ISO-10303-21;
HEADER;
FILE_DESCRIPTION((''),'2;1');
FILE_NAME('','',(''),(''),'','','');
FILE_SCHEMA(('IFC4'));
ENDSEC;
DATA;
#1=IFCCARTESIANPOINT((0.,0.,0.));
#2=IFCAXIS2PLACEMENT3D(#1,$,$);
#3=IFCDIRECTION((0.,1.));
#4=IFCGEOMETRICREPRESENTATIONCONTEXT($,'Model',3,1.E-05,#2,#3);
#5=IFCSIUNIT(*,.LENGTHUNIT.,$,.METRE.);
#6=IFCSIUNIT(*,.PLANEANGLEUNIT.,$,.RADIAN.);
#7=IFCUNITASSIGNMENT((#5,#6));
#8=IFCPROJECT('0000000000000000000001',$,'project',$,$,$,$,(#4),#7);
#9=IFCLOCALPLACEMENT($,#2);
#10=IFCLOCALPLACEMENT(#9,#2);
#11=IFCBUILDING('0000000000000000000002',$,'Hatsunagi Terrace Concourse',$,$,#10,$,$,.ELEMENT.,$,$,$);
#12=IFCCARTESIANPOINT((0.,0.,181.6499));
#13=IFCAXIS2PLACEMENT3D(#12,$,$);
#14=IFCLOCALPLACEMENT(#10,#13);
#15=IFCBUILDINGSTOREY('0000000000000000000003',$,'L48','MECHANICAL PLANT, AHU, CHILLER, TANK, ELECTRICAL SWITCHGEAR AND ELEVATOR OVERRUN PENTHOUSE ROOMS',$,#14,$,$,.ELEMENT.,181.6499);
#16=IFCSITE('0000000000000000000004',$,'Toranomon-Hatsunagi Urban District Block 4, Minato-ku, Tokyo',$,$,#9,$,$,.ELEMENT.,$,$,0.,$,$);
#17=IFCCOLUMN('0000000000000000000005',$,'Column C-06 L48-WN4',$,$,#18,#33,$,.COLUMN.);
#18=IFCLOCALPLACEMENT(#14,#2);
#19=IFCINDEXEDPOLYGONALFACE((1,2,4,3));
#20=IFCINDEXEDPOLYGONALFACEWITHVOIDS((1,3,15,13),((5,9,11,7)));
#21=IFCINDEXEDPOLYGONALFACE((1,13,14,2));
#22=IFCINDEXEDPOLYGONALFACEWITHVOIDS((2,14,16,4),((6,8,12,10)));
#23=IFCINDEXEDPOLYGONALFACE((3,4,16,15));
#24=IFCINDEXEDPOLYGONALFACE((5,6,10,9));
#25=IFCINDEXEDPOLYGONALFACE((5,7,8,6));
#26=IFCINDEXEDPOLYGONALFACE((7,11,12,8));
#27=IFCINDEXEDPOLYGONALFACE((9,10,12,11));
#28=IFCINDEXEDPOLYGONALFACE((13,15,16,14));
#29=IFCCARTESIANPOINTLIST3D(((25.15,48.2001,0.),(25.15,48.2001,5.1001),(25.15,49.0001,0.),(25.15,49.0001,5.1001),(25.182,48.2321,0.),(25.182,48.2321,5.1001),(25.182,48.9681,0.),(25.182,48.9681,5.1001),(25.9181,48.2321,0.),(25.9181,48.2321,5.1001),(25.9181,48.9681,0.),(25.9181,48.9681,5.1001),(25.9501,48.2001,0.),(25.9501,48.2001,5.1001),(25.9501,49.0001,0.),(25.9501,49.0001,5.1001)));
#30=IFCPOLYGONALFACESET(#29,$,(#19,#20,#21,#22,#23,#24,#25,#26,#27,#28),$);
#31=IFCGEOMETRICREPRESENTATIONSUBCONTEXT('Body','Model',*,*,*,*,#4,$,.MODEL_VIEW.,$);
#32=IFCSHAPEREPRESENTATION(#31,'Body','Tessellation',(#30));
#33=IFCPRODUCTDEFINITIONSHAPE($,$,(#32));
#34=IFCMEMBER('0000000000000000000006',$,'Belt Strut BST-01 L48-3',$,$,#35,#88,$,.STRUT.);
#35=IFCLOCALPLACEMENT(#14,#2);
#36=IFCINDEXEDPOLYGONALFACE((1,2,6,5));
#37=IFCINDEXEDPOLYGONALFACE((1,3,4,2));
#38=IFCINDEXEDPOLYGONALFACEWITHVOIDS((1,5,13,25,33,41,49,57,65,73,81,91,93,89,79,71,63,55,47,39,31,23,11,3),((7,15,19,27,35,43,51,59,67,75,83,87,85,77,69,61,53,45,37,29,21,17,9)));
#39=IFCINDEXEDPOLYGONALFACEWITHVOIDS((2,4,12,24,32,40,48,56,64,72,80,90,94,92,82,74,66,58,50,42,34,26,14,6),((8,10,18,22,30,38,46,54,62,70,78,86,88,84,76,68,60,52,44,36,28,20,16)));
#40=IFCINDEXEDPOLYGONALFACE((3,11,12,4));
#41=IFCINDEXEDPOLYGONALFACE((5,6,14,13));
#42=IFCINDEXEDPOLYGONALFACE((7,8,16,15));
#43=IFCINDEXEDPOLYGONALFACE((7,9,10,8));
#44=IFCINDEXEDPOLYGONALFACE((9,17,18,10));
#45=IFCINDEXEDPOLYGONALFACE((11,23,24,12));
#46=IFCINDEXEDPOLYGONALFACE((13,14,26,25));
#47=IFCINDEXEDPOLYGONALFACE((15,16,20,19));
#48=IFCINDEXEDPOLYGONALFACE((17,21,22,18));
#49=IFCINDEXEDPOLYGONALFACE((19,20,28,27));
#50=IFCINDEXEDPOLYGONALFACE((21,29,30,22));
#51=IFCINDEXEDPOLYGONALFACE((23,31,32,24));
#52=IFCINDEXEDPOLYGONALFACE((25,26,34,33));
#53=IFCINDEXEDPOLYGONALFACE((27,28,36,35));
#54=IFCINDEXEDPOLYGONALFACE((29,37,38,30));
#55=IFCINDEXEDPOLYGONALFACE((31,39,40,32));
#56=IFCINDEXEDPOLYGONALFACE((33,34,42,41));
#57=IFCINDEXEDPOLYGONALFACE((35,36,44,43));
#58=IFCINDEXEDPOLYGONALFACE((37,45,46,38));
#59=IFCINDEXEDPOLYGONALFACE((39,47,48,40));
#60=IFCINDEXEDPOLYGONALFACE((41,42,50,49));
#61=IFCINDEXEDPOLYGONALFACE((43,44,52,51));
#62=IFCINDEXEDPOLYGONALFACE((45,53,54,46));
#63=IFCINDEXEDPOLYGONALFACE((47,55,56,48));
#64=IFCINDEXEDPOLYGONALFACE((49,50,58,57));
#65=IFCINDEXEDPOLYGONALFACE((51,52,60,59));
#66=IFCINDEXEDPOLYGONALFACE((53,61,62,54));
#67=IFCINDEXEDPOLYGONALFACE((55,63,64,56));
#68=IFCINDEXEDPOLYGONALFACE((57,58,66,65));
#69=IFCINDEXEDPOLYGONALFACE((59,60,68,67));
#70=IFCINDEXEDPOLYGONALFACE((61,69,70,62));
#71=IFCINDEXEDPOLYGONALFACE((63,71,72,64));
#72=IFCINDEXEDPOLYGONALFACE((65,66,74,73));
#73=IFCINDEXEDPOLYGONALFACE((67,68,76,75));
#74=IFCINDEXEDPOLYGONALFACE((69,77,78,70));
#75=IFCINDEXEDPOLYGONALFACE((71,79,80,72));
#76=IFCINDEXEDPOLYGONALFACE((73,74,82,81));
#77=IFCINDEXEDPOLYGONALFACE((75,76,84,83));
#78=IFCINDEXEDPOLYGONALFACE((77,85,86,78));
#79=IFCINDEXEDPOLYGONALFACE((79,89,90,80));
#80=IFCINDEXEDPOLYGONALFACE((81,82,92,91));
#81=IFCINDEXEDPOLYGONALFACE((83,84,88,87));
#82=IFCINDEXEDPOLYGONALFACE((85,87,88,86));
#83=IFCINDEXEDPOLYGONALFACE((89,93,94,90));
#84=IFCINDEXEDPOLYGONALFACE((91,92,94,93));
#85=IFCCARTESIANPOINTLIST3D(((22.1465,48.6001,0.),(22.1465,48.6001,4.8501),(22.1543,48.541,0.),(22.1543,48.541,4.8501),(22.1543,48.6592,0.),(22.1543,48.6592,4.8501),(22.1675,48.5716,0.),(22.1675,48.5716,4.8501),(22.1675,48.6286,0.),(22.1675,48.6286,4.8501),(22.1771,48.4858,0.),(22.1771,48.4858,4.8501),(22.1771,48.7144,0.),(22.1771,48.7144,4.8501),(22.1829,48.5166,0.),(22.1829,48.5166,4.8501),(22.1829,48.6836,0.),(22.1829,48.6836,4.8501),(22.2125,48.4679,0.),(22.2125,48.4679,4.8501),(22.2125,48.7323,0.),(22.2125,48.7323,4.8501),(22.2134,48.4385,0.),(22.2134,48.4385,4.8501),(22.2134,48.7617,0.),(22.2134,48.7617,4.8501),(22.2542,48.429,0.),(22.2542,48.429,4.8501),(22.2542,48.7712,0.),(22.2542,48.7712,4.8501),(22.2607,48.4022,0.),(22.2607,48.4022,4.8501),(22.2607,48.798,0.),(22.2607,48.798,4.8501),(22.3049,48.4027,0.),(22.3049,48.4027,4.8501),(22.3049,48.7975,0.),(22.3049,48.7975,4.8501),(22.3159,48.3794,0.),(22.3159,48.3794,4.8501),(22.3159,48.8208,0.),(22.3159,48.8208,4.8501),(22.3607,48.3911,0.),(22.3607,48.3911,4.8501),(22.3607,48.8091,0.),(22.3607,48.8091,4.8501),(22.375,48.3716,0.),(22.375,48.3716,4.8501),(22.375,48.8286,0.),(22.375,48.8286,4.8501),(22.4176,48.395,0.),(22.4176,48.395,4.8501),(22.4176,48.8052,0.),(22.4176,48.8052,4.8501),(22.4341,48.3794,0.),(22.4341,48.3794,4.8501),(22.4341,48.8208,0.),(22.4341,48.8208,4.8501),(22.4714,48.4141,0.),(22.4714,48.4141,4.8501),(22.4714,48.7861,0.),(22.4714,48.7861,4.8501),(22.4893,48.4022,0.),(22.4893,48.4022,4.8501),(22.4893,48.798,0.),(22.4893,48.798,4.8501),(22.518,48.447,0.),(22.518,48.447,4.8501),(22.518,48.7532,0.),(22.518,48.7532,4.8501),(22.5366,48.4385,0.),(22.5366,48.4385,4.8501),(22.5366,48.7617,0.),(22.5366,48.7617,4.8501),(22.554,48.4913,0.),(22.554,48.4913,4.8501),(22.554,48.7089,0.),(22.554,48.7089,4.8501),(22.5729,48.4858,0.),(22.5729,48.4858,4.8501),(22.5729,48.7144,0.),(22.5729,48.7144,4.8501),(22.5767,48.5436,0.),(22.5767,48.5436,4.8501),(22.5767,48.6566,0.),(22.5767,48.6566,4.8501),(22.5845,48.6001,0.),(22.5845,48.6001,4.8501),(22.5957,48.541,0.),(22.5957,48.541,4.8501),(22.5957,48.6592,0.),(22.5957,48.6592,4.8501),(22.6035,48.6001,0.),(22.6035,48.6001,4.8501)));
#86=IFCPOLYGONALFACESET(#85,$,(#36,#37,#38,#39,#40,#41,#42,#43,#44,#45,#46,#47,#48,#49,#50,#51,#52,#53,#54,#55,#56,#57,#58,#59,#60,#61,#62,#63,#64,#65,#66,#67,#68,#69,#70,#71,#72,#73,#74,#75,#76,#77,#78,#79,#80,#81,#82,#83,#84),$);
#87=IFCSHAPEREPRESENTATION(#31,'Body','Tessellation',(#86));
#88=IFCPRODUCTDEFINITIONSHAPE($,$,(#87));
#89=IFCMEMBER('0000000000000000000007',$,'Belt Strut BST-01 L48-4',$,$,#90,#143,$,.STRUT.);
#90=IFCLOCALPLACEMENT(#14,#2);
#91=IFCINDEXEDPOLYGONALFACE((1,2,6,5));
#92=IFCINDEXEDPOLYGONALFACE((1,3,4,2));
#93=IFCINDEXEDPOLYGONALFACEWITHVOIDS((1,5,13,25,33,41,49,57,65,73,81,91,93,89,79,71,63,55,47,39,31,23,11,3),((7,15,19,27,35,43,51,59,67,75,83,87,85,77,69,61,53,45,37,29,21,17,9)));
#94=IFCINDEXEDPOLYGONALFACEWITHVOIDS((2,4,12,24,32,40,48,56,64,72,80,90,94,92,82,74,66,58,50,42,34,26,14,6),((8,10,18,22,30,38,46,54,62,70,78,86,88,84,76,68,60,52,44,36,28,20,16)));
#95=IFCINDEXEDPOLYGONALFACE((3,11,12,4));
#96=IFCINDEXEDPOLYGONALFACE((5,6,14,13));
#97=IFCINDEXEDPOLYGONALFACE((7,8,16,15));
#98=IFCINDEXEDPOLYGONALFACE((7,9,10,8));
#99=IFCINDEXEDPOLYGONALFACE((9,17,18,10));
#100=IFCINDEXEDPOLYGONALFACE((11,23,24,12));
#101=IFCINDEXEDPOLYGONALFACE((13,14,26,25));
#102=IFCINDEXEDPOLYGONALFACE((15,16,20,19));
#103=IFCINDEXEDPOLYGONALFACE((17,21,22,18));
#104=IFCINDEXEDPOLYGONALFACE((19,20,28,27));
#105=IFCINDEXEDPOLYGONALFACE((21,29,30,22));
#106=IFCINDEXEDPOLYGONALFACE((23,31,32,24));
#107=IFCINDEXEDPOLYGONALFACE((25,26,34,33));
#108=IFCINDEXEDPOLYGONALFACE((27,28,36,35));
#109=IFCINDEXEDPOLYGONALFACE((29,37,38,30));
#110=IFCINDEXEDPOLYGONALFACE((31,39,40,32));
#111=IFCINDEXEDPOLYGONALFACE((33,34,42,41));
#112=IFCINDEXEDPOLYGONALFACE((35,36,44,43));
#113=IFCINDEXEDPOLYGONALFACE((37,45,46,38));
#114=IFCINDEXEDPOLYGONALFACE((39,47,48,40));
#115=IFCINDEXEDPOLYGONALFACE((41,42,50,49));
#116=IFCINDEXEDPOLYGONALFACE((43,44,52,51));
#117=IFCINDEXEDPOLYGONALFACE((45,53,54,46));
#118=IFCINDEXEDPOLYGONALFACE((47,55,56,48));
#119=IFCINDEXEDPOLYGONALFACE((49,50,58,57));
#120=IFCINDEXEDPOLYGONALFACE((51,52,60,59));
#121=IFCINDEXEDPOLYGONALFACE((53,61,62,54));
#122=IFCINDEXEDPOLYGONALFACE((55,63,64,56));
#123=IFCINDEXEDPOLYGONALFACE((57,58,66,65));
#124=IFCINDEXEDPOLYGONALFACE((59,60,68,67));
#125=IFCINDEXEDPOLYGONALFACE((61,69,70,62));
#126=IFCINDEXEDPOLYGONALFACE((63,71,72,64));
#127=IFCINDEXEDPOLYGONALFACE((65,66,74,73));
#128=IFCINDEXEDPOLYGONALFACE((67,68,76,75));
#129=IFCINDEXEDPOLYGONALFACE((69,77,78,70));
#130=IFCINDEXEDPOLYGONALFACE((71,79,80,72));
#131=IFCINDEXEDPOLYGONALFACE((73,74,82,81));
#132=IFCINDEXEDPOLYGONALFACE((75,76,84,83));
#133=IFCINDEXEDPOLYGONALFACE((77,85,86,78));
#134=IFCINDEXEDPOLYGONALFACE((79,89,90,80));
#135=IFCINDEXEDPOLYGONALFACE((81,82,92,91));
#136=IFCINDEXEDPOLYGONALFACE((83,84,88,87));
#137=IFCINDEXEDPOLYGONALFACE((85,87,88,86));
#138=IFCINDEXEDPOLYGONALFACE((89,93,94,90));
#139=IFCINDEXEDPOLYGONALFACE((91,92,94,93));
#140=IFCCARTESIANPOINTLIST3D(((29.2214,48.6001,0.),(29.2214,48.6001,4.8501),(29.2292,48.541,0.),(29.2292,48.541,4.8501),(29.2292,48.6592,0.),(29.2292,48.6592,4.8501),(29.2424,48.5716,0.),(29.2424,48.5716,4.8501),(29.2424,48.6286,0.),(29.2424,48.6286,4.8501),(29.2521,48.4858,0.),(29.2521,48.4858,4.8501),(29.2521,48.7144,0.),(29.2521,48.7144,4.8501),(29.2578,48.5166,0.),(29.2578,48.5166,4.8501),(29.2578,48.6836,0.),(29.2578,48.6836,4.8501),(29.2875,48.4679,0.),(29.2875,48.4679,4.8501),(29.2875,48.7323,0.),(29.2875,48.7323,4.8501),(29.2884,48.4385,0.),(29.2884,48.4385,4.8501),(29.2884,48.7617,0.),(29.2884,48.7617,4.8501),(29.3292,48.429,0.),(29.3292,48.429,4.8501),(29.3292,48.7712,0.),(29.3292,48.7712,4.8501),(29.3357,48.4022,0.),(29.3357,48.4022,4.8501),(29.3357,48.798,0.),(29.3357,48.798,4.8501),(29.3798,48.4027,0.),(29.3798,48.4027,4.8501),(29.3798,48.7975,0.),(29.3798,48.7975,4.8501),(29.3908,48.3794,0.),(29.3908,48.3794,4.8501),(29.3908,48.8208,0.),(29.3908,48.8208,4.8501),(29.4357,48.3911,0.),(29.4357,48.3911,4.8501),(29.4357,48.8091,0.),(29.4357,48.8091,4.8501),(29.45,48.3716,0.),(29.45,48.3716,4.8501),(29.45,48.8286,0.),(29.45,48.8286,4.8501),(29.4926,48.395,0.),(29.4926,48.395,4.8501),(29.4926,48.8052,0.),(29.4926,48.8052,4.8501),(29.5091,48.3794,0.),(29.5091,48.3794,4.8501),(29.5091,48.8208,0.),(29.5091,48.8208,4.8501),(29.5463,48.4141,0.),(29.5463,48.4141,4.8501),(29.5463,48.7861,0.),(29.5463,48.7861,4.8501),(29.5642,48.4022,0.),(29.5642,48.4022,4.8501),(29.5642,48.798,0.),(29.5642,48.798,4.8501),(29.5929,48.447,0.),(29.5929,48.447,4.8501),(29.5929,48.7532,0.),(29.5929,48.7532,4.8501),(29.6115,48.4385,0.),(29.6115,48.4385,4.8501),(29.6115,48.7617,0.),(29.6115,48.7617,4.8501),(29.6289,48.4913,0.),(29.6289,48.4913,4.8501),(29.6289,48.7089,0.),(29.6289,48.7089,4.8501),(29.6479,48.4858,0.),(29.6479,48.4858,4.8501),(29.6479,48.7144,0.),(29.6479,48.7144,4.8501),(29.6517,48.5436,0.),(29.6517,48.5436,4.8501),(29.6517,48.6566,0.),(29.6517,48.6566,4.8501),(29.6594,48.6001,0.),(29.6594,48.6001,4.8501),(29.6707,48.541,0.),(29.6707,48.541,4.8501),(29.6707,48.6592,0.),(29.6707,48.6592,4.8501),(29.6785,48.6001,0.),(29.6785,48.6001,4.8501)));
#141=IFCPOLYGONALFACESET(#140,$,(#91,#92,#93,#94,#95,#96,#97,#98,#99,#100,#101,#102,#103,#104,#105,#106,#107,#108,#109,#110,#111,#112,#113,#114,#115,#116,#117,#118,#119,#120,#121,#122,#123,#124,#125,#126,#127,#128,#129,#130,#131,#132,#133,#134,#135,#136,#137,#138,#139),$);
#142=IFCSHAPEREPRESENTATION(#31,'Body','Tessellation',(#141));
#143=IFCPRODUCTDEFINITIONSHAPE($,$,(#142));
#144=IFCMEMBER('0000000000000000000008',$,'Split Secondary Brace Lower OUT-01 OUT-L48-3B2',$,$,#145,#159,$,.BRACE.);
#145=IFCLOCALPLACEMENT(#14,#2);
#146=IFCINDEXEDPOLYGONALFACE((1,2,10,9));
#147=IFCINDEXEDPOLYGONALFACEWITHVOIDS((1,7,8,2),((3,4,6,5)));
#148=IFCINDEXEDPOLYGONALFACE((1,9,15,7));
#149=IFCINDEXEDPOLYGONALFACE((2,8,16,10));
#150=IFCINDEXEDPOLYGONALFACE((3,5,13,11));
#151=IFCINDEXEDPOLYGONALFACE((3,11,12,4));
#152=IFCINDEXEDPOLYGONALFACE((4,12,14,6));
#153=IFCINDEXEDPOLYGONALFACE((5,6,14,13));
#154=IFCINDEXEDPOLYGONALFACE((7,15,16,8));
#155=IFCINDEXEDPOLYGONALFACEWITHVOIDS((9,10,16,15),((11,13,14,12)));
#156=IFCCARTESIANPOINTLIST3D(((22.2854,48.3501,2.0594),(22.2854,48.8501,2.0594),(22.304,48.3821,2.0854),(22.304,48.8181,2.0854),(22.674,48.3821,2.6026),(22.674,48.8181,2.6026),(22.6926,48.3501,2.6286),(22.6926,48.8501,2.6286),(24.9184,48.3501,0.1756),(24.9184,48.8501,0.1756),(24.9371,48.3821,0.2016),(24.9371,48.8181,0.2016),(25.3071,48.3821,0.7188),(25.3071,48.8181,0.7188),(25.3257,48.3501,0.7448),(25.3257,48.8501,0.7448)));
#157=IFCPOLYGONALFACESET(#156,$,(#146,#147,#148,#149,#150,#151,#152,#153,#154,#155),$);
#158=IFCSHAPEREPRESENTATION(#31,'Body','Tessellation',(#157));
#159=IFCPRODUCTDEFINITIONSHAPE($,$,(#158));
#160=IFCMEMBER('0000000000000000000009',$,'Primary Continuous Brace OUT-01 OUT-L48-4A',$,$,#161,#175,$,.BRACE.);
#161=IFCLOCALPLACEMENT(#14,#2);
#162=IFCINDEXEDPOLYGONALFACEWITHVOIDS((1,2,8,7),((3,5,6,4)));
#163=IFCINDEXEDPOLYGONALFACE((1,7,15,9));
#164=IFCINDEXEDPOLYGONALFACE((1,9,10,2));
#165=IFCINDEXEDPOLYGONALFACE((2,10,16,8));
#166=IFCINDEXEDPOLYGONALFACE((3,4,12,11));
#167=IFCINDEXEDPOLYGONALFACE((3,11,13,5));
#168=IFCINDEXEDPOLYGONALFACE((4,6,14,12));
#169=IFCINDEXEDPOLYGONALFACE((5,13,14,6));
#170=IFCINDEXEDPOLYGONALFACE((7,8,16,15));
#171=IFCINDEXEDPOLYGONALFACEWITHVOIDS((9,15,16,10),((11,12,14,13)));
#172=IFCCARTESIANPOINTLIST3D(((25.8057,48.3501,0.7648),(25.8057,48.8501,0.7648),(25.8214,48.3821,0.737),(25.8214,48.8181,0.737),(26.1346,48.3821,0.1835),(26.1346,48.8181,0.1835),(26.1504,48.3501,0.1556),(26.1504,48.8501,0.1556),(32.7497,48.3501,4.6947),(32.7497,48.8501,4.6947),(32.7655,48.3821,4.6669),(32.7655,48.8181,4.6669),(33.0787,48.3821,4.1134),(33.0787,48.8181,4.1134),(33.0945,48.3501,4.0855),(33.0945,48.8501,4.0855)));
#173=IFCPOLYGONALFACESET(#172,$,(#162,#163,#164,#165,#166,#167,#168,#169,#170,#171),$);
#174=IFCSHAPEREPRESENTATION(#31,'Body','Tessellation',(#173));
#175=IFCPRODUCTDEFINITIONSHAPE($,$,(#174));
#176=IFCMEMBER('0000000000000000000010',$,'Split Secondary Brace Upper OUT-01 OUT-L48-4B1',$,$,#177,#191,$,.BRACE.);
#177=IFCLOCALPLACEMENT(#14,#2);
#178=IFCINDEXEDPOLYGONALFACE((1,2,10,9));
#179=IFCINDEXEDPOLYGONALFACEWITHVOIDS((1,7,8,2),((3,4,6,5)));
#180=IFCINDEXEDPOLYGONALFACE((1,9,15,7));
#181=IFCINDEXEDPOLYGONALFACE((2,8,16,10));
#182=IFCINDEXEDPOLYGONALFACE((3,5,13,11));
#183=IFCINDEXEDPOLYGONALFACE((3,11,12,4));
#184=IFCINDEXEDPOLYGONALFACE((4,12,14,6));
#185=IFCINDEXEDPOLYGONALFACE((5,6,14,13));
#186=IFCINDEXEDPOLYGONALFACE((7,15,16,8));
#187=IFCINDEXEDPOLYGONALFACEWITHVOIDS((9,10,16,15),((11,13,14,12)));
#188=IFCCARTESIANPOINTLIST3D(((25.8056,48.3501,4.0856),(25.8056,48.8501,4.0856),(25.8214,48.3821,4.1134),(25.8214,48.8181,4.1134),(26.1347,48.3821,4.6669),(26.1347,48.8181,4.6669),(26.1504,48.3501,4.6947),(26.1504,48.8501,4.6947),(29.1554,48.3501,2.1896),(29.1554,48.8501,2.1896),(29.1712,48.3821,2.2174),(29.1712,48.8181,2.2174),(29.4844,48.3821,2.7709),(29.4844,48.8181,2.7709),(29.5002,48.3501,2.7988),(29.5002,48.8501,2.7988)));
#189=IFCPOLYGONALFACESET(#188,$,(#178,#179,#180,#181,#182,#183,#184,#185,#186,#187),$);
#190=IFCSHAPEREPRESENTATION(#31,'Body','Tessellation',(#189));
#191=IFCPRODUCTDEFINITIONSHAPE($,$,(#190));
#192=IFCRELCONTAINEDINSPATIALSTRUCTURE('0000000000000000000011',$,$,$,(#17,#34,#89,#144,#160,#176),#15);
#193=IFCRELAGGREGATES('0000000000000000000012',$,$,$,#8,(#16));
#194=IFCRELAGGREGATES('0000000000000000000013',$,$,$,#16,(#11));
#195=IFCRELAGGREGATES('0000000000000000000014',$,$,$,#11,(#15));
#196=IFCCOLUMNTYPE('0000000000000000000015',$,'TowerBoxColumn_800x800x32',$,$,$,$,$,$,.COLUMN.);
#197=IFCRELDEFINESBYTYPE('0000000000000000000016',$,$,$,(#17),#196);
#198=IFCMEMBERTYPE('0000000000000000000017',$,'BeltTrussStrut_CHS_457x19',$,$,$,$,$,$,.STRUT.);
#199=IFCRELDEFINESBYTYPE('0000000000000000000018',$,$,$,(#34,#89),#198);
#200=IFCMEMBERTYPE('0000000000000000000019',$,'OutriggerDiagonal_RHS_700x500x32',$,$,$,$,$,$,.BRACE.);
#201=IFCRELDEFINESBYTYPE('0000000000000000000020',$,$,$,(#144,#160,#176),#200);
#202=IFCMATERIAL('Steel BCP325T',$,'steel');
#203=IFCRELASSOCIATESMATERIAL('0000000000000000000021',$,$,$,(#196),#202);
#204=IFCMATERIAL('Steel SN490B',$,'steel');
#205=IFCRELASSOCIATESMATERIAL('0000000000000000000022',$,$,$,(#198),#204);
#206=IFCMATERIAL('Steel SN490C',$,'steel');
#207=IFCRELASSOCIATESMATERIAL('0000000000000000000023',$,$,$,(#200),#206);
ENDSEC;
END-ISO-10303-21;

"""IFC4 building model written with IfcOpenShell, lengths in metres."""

from ifc_helpers import new_model, si_unit, direction, frame, origin, origin_2d, place, context, subcontext, project, spatial, hollow_rectangle, hollow_circle, extrude, material, material_profile, profile_set, type_object, element, save


model = new_model("IFC4")

# Units and contexts
model_context = context("Model", 3, precision=1e-05, world=origin(), true_north=direction((0.0, 1.0)))
body_context = subcontext(model_context, "Body", "Model", "MODEL_VIEW")
ifc_project = project(units=[si_unit("LENGTHUNIT", "METRE"), si_unit("PLANEANGLEUNIT", "RADIAN")], contexts=[model_context])

# Site, building, storey
site_placement = place(None, origin())
site = spatial("IfcSite", under=ifc_project, at=site_placement, Name="Toranomon-Hatsunagi Urban District Block 4, Minato-ku, Tokyo", CompositionType="ELEMENT", RefElevation=0.0)
building_placement = place(site_placement, origin())
building = spatial("IfcBuilding", under=site, at=building_placement, Name="Hatsunagi Terrace Concourse", CompositionType="ELEMENT")
storey_placement = place(building_placement, frame((0.0, 0.0, 181.6499)))
storey = spatial("IfcBuildingStorey", under=building, at=storey_placement, Name="L48", Description="MECHANICAL PLANT, AHU, CHILLER, TANK, ELECTRICAL SWITCHGEAR AND ELEVATOR OVERRUN PENTHOUSE ROOMS", CompositionType="ELEMENT", Elevation=181.6499)

# Column
ifc_material_1 = material(Name="Steel BCP325T", Category="steel")
ifc_material_profile_1 = material_profile(ifc_material_1, hollow_rectangle(XDim=0.8, YDim=0.8, WallThickness=0.032, at=origin_2d()), Name="BCP-800x800x32")
ifc_profile_set_1 = profile_set([ifc_material_profile_1], Name="Steel BCP325T")
column_type = type_object("IfcColumnType", Name="TowerBoxColumn_800x800x32", PredefinedType="COLUMN", material=ifc_profile_set_1)
column_placement = place(storey_placement, frame((25.55, 48.6001, 0.0), z_axis=(0.0, 0.0, 1.0), x_axis=(1.0, 0.0, 0.0)))
element("IfcColumn", 1, at=column_placement, inside=storey, type_object=column_type, Name="Column C-06 L48-WN4", PredefinedType="COLUMN", context=body_context, shape_type="SweptSolid", body=[
    extrude(hollow_rectangle(XDim=0.8, YDim=0.8, WallThickness=0.032, at=origin_2d()), origin(), (0.0, 0.0, 1.0), 5.1001),
])

# Members
ifc_material_2 = material(Name="Steel SN490B", Category="steel")
ifc_material_profile_2 = material_profile(ifc_material_2, hollow_circle(Radius=0.2285, WallThickness=0.019, at=origin_2d()), Name="CHS-457.2x19")
ifc_profile_set_2 = profile_set([ifc_material_profile_2], Name="Steel SN490B")
member_type_1 = type_object("IfcMemberType", Name="BeltTrussStrut_CHS_457x19", PredefinedType="STRUT", material=ifc_profile_set_2)
for number, where, z_axis, x_axis, name in (
    (2, (22.375, 48.6001, 0.0), (0.0, 0.0, 1.0), (1.0, 0.0, 0.0), "Belt Strut BST-01 L48-3"),
    (3, (29.45, 48.6001, 0.0), (0.0, 0.0, 1.0), (1.0, 0.0, 0.0), "Belt Strut BST-01 L48-4"),
):
    element("IfcMember", number, at=place(storey_placement, frame(where, z_axis=z_axis, x_axis=x_axis)), inside=storey, type_object=member_type_1, Name=name, PredefinedType="STRUT", context=body_context, shape_type="SweptSolid", body=[
        extrude(hollow_circle(Radius=0.2285, WallThickness=0.019, at=origin_2d()), origin(), (0.0, 0.0, 1.0), 4.8501),
    ])
ifc_material_3 = material(Name="Steel SN490C", Category="steel")
ifc_material_profile_3 = material_profile(ifc_material_3, hollow_rectangle(XDim=0.5, YDim=0.7, WallThickness=0.032, at=origin_2d()), Name="RHS-700x500x32")
ifc_profile_set_3 = profile_set([ifc_material_profile_3], Name="Steel SN490C")
member_type_2 = type_object("IfcMemberType", Name="OutriggerDiagonal_RHS_700x500x32", PredefinedType="BRACE", material=ifc_profile_set_3)
member_1_placement = place(storey_placement, frame((22.489, 48.6001, 2.344), z_axis=(0.81329, 0.0, -0.581859), x_axis=(0.0, 1.0, 0.0)))
element("IfcMember", 4, at=member_1_placement, inside=storey, type_object=member_type_2, Name="Split Secondary Brace Lower OUT-01 OUT-L48-3B2", PredefinedType="BRACE", context=body_context, shape_type="SweptSolid", body=[
    extrude(hollow_rectangle(XDim=0.5, YDim=0.7, WallThickness=0.032, at=origin_2d()), origin(), (0.0, 0.0, 1.0), 3.2375),
])
member_2_placement = place(storey_placement, frame((25.978, 48.6001, 0.4602), z_axis=(0.870294, 0.0, 0.492533), x_axis=(0.0, 1.0, 0.0)))
element("IfcMember", 5, at=member_2_placement, inside=storey, type_object=member_type_2, Name="Primary Continuous Brace OUT-01 OUT-L48-4A", PredefinedType="BRACE", context=body_context, shape_type="SweptSolid", body=[
    extrude(hollow_rectangle(XDim=0.5, YDim=0.7, WallThickness=0.032, at=origin_2d()), origin(), (0.0, 0.0, 1.0), 7.979),
])
member_3_placement = place(storey_placement, frame((25.978, 48.6001, 4.3901), z_axis=(0.870273, 0.0, -0.492569), x_axis=(0.0, 1.0, 0.0)))
element("IfcMember", 6, at=member_3_placement, inside=storey, type_object=member_type_2, Name="Split Secondary Brace Upper OUT-01 OUT-L48-4B1", PredefinedType="BRACE", context=body_context, shape_type="SweptSolid", body=[
    extrude(hollow_rectangle(XDim=0.5, YDim=0.7, WallThickness=0.032, at=origin_2d()), origin(), (0.0, 0.0, 1.0), 3.8491),
])

save(model, "model.ifc")
